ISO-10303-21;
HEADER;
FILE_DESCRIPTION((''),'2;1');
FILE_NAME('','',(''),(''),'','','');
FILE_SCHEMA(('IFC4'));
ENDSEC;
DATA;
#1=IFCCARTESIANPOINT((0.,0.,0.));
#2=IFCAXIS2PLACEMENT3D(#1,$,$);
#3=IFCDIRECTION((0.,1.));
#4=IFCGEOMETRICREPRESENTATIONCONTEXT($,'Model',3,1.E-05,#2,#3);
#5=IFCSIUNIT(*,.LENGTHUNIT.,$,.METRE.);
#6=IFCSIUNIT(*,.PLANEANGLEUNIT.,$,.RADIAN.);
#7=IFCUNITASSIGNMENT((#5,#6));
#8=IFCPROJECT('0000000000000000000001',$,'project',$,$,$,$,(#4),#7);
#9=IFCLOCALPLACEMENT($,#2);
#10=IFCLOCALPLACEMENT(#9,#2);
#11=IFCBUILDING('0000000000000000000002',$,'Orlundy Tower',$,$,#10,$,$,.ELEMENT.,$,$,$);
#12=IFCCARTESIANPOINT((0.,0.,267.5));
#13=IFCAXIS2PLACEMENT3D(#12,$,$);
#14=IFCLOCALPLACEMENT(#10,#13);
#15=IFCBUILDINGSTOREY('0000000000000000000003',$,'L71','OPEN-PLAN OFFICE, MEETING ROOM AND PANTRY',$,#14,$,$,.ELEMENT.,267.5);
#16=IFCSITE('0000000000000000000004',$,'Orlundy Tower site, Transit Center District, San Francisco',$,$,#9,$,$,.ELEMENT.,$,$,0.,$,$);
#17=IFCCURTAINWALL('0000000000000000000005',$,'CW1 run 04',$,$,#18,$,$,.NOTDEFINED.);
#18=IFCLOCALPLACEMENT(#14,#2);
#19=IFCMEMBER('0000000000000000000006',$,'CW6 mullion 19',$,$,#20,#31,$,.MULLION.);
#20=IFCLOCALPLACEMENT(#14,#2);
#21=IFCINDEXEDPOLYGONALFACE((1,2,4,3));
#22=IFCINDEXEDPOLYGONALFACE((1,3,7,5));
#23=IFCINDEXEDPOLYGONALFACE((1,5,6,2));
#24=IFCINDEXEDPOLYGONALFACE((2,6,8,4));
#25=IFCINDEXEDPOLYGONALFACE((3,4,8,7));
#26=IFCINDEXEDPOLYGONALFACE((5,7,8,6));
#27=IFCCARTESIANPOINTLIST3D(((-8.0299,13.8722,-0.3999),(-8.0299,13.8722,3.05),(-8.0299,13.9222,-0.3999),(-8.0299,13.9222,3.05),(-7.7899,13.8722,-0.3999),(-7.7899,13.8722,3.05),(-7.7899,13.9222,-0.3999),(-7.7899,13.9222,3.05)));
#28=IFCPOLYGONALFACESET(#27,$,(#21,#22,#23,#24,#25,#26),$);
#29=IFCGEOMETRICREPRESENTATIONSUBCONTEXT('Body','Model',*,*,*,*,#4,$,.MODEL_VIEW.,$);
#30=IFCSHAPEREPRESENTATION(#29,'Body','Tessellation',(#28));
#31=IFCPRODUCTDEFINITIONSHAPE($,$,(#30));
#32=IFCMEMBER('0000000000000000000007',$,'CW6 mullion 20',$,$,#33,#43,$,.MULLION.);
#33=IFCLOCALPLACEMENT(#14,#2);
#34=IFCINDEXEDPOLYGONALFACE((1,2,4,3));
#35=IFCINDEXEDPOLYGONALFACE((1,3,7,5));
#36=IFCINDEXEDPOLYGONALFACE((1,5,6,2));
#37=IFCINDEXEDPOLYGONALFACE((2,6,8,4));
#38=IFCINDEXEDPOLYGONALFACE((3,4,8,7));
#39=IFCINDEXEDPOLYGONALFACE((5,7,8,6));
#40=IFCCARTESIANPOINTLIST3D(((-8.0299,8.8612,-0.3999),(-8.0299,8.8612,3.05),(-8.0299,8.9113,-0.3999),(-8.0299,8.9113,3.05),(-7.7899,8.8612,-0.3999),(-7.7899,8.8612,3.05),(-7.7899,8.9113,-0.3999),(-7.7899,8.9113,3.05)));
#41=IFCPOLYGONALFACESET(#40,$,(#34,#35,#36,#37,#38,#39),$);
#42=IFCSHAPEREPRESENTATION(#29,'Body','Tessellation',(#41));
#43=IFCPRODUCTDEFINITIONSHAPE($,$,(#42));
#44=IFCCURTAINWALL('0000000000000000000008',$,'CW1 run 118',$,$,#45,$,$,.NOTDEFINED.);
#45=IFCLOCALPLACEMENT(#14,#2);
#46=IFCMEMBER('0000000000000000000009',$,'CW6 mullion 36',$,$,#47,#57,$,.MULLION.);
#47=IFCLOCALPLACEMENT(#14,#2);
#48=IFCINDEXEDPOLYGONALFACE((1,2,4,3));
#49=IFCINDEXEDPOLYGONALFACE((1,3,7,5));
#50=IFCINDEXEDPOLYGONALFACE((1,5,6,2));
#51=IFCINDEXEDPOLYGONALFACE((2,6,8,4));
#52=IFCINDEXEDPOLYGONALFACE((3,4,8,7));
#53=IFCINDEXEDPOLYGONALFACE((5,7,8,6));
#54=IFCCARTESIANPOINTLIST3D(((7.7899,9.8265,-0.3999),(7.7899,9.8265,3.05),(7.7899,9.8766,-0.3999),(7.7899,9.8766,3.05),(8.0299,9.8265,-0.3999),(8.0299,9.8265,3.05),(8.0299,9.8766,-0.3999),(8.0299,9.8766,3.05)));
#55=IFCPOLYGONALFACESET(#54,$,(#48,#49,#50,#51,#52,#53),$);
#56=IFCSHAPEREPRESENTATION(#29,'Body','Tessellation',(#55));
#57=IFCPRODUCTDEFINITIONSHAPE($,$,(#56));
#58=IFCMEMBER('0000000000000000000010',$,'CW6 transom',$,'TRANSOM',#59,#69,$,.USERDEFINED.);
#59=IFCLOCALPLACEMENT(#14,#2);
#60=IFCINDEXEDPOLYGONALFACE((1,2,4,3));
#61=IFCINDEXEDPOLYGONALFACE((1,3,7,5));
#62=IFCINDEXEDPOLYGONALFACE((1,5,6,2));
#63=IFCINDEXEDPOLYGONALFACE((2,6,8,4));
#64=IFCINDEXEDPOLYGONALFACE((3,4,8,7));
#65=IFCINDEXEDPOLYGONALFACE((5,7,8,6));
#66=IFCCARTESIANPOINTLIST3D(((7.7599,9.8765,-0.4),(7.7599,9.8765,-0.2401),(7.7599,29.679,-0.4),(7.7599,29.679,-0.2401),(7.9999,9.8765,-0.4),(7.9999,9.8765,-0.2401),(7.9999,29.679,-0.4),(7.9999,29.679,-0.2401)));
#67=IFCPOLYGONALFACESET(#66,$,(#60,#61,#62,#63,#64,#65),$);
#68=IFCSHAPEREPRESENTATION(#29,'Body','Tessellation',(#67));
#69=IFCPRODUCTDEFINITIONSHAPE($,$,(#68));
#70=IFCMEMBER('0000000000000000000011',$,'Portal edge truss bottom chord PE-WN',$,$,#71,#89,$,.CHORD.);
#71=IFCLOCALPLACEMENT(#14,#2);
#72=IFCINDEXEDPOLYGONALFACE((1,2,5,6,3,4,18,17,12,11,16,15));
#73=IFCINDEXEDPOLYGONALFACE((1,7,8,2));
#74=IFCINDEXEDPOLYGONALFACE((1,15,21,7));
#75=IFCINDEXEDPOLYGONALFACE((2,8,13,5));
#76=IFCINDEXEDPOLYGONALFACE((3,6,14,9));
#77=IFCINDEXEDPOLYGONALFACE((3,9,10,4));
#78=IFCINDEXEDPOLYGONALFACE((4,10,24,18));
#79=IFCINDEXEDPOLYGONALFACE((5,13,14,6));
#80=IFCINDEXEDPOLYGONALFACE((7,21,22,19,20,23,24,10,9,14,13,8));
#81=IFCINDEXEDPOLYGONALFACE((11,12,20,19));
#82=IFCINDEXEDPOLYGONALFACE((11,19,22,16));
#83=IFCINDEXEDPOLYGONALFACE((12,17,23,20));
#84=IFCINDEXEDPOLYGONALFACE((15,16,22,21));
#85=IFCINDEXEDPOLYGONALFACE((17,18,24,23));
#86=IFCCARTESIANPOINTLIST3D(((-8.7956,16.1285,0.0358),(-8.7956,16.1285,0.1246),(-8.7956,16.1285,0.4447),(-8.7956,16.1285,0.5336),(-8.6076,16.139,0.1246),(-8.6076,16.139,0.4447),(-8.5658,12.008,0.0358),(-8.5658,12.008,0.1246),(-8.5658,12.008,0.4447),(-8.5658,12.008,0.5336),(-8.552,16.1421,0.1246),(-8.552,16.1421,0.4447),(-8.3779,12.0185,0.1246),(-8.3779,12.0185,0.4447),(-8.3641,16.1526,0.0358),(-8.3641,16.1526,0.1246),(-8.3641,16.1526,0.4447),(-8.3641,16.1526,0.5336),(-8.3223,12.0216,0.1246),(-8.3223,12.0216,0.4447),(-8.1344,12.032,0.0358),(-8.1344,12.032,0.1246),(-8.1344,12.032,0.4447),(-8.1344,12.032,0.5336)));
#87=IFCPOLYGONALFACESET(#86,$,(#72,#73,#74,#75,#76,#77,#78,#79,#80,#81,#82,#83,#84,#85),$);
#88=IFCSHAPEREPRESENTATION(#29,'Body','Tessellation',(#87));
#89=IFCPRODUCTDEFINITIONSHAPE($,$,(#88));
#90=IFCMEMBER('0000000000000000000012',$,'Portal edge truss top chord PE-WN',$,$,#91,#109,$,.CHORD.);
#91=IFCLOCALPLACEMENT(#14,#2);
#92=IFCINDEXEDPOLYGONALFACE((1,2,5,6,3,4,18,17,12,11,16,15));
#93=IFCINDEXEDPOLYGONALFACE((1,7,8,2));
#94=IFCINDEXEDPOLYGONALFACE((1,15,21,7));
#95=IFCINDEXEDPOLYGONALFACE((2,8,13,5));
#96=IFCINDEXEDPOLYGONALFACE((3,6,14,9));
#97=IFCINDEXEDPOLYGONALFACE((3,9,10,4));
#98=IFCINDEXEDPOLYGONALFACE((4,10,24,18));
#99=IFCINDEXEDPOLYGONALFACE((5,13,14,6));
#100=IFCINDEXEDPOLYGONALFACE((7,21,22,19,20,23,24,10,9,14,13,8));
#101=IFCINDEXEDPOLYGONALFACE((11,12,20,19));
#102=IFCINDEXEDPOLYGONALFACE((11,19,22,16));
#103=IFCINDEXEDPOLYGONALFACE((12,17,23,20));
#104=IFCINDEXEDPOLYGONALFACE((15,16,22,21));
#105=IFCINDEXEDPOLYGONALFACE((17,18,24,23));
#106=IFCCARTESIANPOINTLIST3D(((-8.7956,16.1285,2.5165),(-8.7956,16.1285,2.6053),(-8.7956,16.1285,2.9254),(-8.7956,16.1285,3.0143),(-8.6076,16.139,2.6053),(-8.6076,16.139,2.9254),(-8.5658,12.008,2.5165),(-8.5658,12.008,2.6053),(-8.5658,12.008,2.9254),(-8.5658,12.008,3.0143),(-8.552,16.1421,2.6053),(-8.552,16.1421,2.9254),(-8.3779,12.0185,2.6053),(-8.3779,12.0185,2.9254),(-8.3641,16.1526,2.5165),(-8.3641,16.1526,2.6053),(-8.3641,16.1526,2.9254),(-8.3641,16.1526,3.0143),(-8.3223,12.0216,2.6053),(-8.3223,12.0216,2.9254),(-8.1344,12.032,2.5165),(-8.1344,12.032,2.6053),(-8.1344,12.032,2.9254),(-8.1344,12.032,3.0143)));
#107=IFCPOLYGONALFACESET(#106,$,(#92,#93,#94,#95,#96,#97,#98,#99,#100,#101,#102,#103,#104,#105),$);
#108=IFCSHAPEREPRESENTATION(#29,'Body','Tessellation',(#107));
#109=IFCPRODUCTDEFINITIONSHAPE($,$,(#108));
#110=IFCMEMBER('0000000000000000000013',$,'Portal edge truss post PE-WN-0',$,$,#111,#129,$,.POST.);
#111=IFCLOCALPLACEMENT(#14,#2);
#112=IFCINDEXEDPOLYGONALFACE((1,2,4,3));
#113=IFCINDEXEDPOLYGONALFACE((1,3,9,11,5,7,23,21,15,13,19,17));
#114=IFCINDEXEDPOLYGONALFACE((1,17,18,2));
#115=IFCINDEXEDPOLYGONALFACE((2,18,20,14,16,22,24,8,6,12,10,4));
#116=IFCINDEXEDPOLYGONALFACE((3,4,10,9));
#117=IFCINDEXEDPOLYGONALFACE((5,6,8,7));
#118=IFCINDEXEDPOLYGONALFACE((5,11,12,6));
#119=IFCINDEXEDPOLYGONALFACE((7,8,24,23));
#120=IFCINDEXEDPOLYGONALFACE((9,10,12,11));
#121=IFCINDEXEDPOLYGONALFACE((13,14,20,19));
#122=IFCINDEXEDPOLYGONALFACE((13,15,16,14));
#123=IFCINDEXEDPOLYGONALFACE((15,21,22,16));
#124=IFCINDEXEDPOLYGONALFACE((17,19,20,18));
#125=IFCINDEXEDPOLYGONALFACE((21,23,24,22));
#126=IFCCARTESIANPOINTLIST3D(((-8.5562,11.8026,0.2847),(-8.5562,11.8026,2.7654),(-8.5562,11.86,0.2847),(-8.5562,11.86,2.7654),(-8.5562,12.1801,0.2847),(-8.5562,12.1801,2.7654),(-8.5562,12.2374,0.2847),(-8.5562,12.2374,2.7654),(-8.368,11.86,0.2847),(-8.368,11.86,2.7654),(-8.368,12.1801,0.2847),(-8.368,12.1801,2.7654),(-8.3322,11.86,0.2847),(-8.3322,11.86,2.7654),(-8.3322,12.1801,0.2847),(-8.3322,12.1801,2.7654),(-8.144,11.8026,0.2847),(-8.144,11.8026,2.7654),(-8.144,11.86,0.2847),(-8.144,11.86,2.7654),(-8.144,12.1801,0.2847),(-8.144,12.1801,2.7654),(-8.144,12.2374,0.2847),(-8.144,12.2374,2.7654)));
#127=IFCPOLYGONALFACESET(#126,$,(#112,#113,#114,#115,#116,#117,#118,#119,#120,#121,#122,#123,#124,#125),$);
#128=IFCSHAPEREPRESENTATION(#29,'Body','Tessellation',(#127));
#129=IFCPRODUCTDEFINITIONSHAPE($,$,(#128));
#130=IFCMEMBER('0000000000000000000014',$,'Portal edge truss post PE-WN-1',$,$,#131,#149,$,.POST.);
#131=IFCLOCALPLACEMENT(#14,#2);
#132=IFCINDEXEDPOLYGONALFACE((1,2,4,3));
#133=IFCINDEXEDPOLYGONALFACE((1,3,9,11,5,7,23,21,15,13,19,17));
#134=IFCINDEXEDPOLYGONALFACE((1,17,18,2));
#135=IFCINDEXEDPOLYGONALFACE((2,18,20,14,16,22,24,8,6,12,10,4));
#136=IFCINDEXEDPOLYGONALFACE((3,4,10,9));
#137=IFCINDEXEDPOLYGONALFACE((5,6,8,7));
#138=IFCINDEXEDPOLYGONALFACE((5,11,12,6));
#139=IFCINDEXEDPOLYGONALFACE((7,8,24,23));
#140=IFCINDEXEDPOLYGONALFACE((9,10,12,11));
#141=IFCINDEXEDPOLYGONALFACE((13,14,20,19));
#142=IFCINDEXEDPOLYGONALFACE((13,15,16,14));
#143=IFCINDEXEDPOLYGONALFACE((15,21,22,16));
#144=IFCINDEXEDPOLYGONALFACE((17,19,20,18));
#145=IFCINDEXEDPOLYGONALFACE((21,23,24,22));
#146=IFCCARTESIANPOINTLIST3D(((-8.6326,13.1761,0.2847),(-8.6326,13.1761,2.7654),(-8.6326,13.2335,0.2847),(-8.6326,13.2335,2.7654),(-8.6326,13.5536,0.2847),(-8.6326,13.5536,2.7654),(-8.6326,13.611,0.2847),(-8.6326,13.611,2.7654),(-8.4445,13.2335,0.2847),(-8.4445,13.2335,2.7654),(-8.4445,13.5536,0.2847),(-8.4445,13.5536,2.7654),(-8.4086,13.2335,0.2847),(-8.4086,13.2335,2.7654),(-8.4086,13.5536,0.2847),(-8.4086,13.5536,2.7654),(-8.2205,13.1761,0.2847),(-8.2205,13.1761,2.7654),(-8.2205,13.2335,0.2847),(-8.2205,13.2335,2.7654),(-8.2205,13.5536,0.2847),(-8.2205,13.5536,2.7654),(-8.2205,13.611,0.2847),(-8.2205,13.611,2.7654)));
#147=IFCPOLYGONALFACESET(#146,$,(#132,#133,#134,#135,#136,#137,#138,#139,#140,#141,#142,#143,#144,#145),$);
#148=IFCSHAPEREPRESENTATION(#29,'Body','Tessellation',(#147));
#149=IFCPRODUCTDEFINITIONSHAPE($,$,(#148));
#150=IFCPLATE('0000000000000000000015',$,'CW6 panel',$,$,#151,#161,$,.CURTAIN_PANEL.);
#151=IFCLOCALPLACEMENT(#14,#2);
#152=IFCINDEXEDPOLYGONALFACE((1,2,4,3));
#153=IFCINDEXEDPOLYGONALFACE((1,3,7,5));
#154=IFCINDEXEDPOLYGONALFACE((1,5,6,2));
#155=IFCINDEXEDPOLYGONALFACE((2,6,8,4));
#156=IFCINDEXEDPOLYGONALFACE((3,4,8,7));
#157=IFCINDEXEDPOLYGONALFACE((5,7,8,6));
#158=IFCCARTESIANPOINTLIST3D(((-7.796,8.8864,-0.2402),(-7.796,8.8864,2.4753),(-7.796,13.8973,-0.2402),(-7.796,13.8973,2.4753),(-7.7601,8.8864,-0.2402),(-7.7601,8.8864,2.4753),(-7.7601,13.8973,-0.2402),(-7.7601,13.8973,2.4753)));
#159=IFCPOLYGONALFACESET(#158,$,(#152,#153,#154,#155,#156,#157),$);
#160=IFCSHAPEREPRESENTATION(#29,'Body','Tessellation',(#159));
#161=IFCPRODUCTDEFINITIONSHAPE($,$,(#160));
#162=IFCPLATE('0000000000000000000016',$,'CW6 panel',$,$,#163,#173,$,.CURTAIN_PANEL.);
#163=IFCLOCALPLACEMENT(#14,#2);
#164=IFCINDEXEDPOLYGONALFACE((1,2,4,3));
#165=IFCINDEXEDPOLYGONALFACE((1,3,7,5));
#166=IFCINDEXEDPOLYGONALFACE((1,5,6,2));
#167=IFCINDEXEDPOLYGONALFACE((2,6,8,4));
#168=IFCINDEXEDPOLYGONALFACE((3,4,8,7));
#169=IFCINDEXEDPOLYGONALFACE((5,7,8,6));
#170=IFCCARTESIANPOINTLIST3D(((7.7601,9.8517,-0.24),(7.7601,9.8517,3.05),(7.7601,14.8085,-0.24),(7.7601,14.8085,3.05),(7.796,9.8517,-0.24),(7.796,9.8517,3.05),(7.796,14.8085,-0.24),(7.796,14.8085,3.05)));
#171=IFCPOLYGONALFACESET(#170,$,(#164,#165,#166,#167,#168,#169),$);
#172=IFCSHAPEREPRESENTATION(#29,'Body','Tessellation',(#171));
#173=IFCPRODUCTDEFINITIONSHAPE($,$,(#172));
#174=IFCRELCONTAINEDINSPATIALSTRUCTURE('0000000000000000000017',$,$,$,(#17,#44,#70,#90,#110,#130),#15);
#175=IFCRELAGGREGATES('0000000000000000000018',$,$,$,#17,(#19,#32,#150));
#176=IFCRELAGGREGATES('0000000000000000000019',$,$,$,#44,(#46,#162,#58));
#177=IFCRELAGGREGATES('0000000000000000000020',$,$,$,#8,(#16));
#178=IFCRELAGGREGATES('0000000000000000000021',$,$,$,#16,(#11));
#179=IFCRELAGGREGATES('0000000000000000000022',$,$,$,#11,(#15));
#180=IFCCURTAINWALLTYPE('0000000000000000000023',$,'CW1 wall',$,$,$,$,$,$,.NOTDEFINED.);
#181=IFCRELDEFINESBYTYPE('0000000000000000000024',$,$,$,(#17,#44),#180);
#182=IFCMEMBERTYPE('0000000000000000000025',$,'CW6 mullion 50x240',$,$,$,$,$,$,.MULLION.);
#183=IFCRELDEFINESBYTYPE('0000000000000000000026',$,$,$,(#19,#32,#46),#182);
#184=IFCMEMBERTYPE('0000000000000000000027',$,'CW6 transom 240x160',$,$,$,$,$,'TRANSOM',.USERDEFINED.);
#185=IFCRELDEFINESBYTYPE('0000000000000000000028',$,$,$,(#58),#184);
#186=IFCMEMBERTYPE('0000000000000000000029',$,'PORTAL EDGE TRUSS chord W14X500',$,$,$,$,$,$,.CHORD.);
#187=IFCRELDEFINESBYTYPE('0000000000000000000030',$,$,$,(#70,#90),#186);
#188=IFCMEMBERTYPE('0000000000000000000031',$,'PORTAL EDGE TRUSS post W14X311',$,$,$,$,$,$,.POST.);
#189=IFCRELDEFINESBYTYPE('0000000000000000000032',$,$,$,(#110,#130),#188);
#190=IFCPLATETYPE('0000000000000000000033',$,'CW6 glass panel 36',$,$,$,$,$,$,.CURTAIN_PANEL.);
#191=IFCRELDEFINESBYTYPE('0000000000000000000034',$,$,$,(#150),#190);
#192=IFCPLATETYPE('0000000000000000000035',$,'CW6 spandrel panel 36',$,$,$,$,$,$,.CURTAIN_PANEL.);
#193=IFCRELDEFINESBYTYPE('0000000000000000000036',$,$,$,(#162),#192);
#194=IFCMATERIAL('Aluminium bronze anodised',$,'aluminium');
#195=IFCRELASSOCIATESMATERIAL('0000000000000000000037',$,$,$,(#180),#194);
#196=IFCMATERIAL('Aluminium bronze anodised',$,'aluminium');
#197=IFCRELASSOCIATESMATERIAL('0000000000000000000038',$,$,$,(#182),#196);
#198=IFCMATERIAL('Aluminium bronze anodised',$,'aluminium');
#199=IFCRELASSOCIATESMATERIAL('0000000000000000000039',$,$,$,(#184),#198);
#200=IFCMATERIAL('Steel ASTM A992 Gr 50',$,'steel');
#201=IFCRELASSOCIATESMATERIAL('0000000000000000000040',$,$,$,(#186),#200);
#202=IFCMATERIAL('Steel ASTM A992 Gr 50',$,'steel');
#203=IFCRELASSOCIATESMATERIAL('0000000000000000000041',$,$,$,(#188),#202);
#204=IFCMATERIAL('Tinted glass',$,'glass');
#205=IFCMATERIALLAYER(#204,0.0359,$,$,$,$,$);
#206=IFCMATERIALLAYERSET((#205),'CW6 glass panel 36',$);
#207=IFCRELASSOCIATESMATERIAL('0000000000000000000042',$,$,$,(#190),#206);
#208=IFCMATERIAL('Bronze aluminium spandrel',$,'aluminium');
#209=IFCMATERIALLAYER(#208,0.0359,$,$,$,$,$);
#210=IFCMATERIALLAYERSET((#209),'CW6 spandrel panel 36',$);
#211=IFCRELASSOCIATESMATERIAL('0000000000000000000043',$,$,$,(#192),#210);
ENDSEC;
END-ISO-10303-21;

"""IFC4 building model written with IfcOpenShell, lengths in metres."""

from ifc_helpers import new_model, si_unit, direction, frame, origin, origin_2d, place, context, subcontext, project, spatial, rectangle, i_section, extrude, material, layer, layer_set, material_profile, profile_set, type_object, element, aggregate, save


model = new_model("IFC4")

# Units and contexts
model_context = context("Model", 3, precision=1e-05, world=origin(), true_north=direction((0.0, 1.0)))
body_context = subcontext(model_context, "Body", "Model", "MODEL_VIEW")
ifc_project = project(units=[si_unit("LENGTHUNIT", "METRE"), si_unit("PLANEANGLEUNIT", "RADIAN")], contexts=[model_context])

# Site, building, storey
site_placement = place(None, origin())
site = spatial("IfcSite", under=ifc_project, at=site_placement, Name="Orlundy Tower site, Transit Center District, San Francisco", CompositionType="ELEMENT", RefElevation=0.0)
building_placement = place(site_placement, origin())
building = spatial("IfcBuilding", under=site, at=building_placement, Name="Orlundy Tower", CompositionType="ELEMENT")
storey_placement = place(building_placement, frame((0.0, 0.0, 267.5)))
storey = spatial("IfcBuildingStorey", under=building, at=storey_placement, Name="L71", Description="OPEN-PLAN OFFICE, MEETING ROOM AND PANTRY", CompositionType="ELEMENT", Elevation=267.5)

# Curtain walls, members
ifc_material_1 = material(Name="Aluminium bronze anodised", Category="aluminium")
curtain_wall_type = type_object("IfcCurtainWallType", Name="CW1 wall", PredefinedType="NOTDEFINED", material=ifc_material_1)
curtain_wall_1_placement = place(storey_placement, origin())
curtain_wall_1 = element("IfcCurtainWall", 1, at=curtain_wall_1_placement, inside=storey, type_object=curtain_wall_type, Name="CW1 run 04", PredefinedType="NOTDEFINED")
ifc_material_2 = material(Name="Aluminium bronze anodised", Category="aluminium")
ifc_material_profile_1 = material_profile(ifc_material_2, rectangle(XDim=0.24, YDim=0.05, at=origin_2d()), Name="CW6 mullion 50x240")
ifc_profile_set_1 = profile_set([ifc_material_profile_1], Name="Aluminium bronze anodised")
member_type_1 = type_object("IfcMemberType", Name="CW6 mullion 50x240", PredefinedType="MULLION", material=ifc_profile_set_1)
member_1_placement = place(storey_placement, frame((-7.9099, 13.8972, -0.3999), z_axis=(0.0, 0.0, 1.0), x_axis=(1.0, 0.0, 0.0)))
member_1 = element("IfcMember", 2, at=member_1_placement, type_object=member_type_1, Name="CW6 mullion 19", PredefinedType="MULLION", context=body_context, shape_type="SweptSolid", body=[
    extrude(rectangle(XDim=0.24, YDim=0.05, at=origin_2d()), origin(), (0.0, 0.0, 1.0), 3.45),
])
member_2_placement = place(storey_placement, frame((-7.9099, 8.8862, -0.3999), z_axis=(0.0, 0.0, 1.0), x_axis=(1.0, 0.0, 0.0)))
member_2 = element("IfcMember", 3, at=member_2_placement, type_object=member_type_1, Name="CW6 mullion 20", PredefinedType="MULLION", context=body_context, shape_type="SweptSolid", body=[
    extrude(rectangle(XDim=0.24, YDim=0.05, at=origin_2d()), origin(), (0.0, 0.0, 1.0), 3.45),
])
curtain_wall_2_placement = place(storey_placement, origin())
curtain_wall_2 = element("IfcCurtainWall", 4, at=curtain_wall_2_placement, inside=storey, type_object=curtain_wall_type, Name="CW1 run 118", PredefinedType="NOTDEFINED")
member_3_placement = place(storey_placement, frame((7.9099, 9.8516, -0.3999), z_axis=(0.0, 0.0, 1.0), x_axis=(-1.0, 0.0, 0.0)))
member_3 = element("IfcMember", 5, at=member_3_placement, type_object=member_type_1, Name="CW6 mullion 36", PredefinedType="MULLION", context=body_context, shape_type="SweptSolid", body=[
    extrude(rectangle(XDim=0.24, YDim=0.05, at=origin_2d()), origin(), (0.0, 0.0, 1.0), 3.45),
])
ifc_material_3 = material(Name="Aluminium bronze anodised", Category="aluminium")
ifc_material_profile_2 = material_profile(ifc_material_3, rectangle(XDim=0.24, YDim=0.1599, at=origin_2d()), Name="CW6 transom 240x160")
ifc_profile_set_2 = profile_set([ifc_material_profile_2], Name="Aluminium bronze anodised")
member_type_2 = type_object("IfcMemberType", Name="CW6 transom 240x160", ElementType="TRANSOM", PredefinedType="USERDEFINED", material=ifc_profile_set_2)
member_4_placement = place(storey_placement, frame((7.8799, 9.8765, -0.3201), z_axis=(0.0, 1.0, 0.0), x_axis=(-1.0, 0.0, 0.0)))
member_4 = element("IfcMember", 6, at=member_4_placement, type_object=member_type_2, Name="CW6 transom", ObjectType="TRANSOM", PredefinedType="USERDEFINED", context=body_context, shape_type="SweptSolid", body=[
    extrude(rectangle(XDim=0.24, YDim=0.1599, at=origin_2d()), origin(), (0.0, 0.0, 1.0), 19.8025),
])

# Members
ifc_material_4 = material(Name="Steel ASTM A992 Gr 50", Category="steel")
ifc_material_profile_3 = material_profile(ifc_material_4, i_section(OverallWidth=0.4321, OverallDepth=0.4978, WebThickness=0.0557, FlangeThickness=0.0889, at=origin_2d()), Name="W14X500")
ifc_profile_set_3 = profile_set([ifc_material_profile_3], Name="Steel ASTM A992 Gr 50")
member_type_3 = type_object("IfcMemberType", Name="PORTAL EDGE TRUSS chord W14X500", PredefinedType="CHORD", material=ifc_profile_set_3)
for number, where, z_axis, x_axis, name in (
    (7, (-8.3501, 12.02, 0.2847), (-0.055667, 0.998449, 0.0), (-0.998449, -0.055667, 0.0), "Portal edge truss bottom chord PE-WN"),
    (8, (-8.3501, 12.02, 2.7654), (-0.055667, 0.998449, 0.0), (-0.998449, -0.055667, 0.0), "Portal edge truss top chord PE-WN"),
):
    element("IfcMember", number, at=place(storey_placement, frame(where, z_axis=z_axis, x_axis=x_axis)), inside=storey, type_object=member_type_3, Name=name, PredefinedType="CHORD", context=body_context, shape_type="SweptSolid", body=[
        extrude(i_section(OverallWidth=0.4321, OverallDepth=0.4978, WebThickness=0.0557, FlangeThickness=0.0889, at=origin_2d()), origin(), (0.0, 0.0, 1.0), 4.127),
    ])
ifc_material_5 = material(Name="Steel ASTM A992 Gr 50", Category="steel")
ifc_material_profile_4 = material_profile(ifc_material_5, i_section(OverallWidth=0.4121, OverallDepth=0.4348, WebThickness=0.0359, FlangeThickness=0.0574, at=origin_2d()), Name="W14X311")
ifc_profile_set_4 = profile_set([ifc_material_profile_4], Name="Steel ASTM A992 Gr 50")
member_type_4 = type_object("IfcMemberType", Name="PORTAL EDGE TRUSS post W14X311", PredefinedType="POST", material=ifc_profile_set_4)
for number, where, z_axis, x_axis, name in (
    (9, (-8.3501, 12.02, 0.2847), (0.0, 0.0, 1.0), (1.0, 0.0, 0.0), "Portal edge truss post PE-WN-0"),
    (10, (-8.4265, 13.3936, 0.2847), (0.0, 0.0, 1.0), (1.0, 0.0, 0.0), "Portal edge truss post PE-WN-1"),
):
    element("IfcMember", number, at=place(storey_placement, frame(where, z_axis=z_axis, x_axis=x_axis)), inside=storey, type_object=member_type_4, Name=name, PredefinedType="POST", context=body_context, shape_type="SweptSolid", body=[
        extrude(i_section(OverallWidth=0.4121, OverallDepth=0.4348, WebThickness=0.0359, FlangeThickness=0.0574, at=origin_2d()), origin(), (0.0, 0.0, 1.0), 2.4807),
    ])

# Plates
ifc_material_6 = material(Name="Tinted glass", Category="glass")
ifc_layer_1 = layer(ifc_material_6, 0.0359)
ifc_layer_set_1 = layer_set([ifc_layer_1], Name="CW6 glass panel 36")
plate_type_1 = type_object("IfcPlateType", Name="CW6 glass panel 36", PredefinedType="CURTAIN_PANEL", material=ifc_layer_set_1)
plate_1_placement = place(storey_placement, frame((-7.7781, 11.3918, -0.2402), z_axis=(0.0, 0.0, 1.0), x_axis=(0.0, -1.0, 0.0)))
plate_1 = element("IfcPlate", 11, at=plate_1_placement, type_object=plate_type_1, Name="CW6 panel", PredefinedType="CURTAIN_PANEL", context=body_context, shape_type="SweptSolid", body=[
    extrude(rectangle(XDim=5.011, YDim=0.0359, at=origin_2d()), origin(), (0.0, 0.0, 1.0), 2.7156),
])
aggregate(curtain_wall_1, [member_1, member_2, plate_1])
ifc_material_7 = material(Name="Bronze aluminium spandrel", Category="aluminium")
ifc_layer_2 = layer(ifc_material_7, 0.0359)
ifc_layer_set_2 = layer_set([ifc_layer_2], Name="CW6 spandrel panel 36")
plate_type_2 = type_object("IfcPlateType", Name="CW6 spandrel panel 36", PredefinedType="CURTAIN_PANEL", material=ifc_layer_set_2)
plate_2_placement = place(storey_placement, frame((7.7781, 12.3301, -0.24), z_axis=(0.0, 0.0, 1.0), x_axis=(0.0, 1.0, 0.0)))
plate_2 = element("IfcPlate", 12, at=plate_2_placement, type_object=plate_type_2, Name="CW6 panel", PredefinedType="CURTAIN_PANEL", context=body_context, shape_type="SweptSolid", body=[
    extrude(rectangle(XDim=4.9568, YDim=0.0359, at=origin_2d()), origin(), (0.0, 0.0, 1.0), 3.29),
])
aggregate(curtain_wall_2, [member_3, plate_2, member_4])

save(model, "model.ifc")
